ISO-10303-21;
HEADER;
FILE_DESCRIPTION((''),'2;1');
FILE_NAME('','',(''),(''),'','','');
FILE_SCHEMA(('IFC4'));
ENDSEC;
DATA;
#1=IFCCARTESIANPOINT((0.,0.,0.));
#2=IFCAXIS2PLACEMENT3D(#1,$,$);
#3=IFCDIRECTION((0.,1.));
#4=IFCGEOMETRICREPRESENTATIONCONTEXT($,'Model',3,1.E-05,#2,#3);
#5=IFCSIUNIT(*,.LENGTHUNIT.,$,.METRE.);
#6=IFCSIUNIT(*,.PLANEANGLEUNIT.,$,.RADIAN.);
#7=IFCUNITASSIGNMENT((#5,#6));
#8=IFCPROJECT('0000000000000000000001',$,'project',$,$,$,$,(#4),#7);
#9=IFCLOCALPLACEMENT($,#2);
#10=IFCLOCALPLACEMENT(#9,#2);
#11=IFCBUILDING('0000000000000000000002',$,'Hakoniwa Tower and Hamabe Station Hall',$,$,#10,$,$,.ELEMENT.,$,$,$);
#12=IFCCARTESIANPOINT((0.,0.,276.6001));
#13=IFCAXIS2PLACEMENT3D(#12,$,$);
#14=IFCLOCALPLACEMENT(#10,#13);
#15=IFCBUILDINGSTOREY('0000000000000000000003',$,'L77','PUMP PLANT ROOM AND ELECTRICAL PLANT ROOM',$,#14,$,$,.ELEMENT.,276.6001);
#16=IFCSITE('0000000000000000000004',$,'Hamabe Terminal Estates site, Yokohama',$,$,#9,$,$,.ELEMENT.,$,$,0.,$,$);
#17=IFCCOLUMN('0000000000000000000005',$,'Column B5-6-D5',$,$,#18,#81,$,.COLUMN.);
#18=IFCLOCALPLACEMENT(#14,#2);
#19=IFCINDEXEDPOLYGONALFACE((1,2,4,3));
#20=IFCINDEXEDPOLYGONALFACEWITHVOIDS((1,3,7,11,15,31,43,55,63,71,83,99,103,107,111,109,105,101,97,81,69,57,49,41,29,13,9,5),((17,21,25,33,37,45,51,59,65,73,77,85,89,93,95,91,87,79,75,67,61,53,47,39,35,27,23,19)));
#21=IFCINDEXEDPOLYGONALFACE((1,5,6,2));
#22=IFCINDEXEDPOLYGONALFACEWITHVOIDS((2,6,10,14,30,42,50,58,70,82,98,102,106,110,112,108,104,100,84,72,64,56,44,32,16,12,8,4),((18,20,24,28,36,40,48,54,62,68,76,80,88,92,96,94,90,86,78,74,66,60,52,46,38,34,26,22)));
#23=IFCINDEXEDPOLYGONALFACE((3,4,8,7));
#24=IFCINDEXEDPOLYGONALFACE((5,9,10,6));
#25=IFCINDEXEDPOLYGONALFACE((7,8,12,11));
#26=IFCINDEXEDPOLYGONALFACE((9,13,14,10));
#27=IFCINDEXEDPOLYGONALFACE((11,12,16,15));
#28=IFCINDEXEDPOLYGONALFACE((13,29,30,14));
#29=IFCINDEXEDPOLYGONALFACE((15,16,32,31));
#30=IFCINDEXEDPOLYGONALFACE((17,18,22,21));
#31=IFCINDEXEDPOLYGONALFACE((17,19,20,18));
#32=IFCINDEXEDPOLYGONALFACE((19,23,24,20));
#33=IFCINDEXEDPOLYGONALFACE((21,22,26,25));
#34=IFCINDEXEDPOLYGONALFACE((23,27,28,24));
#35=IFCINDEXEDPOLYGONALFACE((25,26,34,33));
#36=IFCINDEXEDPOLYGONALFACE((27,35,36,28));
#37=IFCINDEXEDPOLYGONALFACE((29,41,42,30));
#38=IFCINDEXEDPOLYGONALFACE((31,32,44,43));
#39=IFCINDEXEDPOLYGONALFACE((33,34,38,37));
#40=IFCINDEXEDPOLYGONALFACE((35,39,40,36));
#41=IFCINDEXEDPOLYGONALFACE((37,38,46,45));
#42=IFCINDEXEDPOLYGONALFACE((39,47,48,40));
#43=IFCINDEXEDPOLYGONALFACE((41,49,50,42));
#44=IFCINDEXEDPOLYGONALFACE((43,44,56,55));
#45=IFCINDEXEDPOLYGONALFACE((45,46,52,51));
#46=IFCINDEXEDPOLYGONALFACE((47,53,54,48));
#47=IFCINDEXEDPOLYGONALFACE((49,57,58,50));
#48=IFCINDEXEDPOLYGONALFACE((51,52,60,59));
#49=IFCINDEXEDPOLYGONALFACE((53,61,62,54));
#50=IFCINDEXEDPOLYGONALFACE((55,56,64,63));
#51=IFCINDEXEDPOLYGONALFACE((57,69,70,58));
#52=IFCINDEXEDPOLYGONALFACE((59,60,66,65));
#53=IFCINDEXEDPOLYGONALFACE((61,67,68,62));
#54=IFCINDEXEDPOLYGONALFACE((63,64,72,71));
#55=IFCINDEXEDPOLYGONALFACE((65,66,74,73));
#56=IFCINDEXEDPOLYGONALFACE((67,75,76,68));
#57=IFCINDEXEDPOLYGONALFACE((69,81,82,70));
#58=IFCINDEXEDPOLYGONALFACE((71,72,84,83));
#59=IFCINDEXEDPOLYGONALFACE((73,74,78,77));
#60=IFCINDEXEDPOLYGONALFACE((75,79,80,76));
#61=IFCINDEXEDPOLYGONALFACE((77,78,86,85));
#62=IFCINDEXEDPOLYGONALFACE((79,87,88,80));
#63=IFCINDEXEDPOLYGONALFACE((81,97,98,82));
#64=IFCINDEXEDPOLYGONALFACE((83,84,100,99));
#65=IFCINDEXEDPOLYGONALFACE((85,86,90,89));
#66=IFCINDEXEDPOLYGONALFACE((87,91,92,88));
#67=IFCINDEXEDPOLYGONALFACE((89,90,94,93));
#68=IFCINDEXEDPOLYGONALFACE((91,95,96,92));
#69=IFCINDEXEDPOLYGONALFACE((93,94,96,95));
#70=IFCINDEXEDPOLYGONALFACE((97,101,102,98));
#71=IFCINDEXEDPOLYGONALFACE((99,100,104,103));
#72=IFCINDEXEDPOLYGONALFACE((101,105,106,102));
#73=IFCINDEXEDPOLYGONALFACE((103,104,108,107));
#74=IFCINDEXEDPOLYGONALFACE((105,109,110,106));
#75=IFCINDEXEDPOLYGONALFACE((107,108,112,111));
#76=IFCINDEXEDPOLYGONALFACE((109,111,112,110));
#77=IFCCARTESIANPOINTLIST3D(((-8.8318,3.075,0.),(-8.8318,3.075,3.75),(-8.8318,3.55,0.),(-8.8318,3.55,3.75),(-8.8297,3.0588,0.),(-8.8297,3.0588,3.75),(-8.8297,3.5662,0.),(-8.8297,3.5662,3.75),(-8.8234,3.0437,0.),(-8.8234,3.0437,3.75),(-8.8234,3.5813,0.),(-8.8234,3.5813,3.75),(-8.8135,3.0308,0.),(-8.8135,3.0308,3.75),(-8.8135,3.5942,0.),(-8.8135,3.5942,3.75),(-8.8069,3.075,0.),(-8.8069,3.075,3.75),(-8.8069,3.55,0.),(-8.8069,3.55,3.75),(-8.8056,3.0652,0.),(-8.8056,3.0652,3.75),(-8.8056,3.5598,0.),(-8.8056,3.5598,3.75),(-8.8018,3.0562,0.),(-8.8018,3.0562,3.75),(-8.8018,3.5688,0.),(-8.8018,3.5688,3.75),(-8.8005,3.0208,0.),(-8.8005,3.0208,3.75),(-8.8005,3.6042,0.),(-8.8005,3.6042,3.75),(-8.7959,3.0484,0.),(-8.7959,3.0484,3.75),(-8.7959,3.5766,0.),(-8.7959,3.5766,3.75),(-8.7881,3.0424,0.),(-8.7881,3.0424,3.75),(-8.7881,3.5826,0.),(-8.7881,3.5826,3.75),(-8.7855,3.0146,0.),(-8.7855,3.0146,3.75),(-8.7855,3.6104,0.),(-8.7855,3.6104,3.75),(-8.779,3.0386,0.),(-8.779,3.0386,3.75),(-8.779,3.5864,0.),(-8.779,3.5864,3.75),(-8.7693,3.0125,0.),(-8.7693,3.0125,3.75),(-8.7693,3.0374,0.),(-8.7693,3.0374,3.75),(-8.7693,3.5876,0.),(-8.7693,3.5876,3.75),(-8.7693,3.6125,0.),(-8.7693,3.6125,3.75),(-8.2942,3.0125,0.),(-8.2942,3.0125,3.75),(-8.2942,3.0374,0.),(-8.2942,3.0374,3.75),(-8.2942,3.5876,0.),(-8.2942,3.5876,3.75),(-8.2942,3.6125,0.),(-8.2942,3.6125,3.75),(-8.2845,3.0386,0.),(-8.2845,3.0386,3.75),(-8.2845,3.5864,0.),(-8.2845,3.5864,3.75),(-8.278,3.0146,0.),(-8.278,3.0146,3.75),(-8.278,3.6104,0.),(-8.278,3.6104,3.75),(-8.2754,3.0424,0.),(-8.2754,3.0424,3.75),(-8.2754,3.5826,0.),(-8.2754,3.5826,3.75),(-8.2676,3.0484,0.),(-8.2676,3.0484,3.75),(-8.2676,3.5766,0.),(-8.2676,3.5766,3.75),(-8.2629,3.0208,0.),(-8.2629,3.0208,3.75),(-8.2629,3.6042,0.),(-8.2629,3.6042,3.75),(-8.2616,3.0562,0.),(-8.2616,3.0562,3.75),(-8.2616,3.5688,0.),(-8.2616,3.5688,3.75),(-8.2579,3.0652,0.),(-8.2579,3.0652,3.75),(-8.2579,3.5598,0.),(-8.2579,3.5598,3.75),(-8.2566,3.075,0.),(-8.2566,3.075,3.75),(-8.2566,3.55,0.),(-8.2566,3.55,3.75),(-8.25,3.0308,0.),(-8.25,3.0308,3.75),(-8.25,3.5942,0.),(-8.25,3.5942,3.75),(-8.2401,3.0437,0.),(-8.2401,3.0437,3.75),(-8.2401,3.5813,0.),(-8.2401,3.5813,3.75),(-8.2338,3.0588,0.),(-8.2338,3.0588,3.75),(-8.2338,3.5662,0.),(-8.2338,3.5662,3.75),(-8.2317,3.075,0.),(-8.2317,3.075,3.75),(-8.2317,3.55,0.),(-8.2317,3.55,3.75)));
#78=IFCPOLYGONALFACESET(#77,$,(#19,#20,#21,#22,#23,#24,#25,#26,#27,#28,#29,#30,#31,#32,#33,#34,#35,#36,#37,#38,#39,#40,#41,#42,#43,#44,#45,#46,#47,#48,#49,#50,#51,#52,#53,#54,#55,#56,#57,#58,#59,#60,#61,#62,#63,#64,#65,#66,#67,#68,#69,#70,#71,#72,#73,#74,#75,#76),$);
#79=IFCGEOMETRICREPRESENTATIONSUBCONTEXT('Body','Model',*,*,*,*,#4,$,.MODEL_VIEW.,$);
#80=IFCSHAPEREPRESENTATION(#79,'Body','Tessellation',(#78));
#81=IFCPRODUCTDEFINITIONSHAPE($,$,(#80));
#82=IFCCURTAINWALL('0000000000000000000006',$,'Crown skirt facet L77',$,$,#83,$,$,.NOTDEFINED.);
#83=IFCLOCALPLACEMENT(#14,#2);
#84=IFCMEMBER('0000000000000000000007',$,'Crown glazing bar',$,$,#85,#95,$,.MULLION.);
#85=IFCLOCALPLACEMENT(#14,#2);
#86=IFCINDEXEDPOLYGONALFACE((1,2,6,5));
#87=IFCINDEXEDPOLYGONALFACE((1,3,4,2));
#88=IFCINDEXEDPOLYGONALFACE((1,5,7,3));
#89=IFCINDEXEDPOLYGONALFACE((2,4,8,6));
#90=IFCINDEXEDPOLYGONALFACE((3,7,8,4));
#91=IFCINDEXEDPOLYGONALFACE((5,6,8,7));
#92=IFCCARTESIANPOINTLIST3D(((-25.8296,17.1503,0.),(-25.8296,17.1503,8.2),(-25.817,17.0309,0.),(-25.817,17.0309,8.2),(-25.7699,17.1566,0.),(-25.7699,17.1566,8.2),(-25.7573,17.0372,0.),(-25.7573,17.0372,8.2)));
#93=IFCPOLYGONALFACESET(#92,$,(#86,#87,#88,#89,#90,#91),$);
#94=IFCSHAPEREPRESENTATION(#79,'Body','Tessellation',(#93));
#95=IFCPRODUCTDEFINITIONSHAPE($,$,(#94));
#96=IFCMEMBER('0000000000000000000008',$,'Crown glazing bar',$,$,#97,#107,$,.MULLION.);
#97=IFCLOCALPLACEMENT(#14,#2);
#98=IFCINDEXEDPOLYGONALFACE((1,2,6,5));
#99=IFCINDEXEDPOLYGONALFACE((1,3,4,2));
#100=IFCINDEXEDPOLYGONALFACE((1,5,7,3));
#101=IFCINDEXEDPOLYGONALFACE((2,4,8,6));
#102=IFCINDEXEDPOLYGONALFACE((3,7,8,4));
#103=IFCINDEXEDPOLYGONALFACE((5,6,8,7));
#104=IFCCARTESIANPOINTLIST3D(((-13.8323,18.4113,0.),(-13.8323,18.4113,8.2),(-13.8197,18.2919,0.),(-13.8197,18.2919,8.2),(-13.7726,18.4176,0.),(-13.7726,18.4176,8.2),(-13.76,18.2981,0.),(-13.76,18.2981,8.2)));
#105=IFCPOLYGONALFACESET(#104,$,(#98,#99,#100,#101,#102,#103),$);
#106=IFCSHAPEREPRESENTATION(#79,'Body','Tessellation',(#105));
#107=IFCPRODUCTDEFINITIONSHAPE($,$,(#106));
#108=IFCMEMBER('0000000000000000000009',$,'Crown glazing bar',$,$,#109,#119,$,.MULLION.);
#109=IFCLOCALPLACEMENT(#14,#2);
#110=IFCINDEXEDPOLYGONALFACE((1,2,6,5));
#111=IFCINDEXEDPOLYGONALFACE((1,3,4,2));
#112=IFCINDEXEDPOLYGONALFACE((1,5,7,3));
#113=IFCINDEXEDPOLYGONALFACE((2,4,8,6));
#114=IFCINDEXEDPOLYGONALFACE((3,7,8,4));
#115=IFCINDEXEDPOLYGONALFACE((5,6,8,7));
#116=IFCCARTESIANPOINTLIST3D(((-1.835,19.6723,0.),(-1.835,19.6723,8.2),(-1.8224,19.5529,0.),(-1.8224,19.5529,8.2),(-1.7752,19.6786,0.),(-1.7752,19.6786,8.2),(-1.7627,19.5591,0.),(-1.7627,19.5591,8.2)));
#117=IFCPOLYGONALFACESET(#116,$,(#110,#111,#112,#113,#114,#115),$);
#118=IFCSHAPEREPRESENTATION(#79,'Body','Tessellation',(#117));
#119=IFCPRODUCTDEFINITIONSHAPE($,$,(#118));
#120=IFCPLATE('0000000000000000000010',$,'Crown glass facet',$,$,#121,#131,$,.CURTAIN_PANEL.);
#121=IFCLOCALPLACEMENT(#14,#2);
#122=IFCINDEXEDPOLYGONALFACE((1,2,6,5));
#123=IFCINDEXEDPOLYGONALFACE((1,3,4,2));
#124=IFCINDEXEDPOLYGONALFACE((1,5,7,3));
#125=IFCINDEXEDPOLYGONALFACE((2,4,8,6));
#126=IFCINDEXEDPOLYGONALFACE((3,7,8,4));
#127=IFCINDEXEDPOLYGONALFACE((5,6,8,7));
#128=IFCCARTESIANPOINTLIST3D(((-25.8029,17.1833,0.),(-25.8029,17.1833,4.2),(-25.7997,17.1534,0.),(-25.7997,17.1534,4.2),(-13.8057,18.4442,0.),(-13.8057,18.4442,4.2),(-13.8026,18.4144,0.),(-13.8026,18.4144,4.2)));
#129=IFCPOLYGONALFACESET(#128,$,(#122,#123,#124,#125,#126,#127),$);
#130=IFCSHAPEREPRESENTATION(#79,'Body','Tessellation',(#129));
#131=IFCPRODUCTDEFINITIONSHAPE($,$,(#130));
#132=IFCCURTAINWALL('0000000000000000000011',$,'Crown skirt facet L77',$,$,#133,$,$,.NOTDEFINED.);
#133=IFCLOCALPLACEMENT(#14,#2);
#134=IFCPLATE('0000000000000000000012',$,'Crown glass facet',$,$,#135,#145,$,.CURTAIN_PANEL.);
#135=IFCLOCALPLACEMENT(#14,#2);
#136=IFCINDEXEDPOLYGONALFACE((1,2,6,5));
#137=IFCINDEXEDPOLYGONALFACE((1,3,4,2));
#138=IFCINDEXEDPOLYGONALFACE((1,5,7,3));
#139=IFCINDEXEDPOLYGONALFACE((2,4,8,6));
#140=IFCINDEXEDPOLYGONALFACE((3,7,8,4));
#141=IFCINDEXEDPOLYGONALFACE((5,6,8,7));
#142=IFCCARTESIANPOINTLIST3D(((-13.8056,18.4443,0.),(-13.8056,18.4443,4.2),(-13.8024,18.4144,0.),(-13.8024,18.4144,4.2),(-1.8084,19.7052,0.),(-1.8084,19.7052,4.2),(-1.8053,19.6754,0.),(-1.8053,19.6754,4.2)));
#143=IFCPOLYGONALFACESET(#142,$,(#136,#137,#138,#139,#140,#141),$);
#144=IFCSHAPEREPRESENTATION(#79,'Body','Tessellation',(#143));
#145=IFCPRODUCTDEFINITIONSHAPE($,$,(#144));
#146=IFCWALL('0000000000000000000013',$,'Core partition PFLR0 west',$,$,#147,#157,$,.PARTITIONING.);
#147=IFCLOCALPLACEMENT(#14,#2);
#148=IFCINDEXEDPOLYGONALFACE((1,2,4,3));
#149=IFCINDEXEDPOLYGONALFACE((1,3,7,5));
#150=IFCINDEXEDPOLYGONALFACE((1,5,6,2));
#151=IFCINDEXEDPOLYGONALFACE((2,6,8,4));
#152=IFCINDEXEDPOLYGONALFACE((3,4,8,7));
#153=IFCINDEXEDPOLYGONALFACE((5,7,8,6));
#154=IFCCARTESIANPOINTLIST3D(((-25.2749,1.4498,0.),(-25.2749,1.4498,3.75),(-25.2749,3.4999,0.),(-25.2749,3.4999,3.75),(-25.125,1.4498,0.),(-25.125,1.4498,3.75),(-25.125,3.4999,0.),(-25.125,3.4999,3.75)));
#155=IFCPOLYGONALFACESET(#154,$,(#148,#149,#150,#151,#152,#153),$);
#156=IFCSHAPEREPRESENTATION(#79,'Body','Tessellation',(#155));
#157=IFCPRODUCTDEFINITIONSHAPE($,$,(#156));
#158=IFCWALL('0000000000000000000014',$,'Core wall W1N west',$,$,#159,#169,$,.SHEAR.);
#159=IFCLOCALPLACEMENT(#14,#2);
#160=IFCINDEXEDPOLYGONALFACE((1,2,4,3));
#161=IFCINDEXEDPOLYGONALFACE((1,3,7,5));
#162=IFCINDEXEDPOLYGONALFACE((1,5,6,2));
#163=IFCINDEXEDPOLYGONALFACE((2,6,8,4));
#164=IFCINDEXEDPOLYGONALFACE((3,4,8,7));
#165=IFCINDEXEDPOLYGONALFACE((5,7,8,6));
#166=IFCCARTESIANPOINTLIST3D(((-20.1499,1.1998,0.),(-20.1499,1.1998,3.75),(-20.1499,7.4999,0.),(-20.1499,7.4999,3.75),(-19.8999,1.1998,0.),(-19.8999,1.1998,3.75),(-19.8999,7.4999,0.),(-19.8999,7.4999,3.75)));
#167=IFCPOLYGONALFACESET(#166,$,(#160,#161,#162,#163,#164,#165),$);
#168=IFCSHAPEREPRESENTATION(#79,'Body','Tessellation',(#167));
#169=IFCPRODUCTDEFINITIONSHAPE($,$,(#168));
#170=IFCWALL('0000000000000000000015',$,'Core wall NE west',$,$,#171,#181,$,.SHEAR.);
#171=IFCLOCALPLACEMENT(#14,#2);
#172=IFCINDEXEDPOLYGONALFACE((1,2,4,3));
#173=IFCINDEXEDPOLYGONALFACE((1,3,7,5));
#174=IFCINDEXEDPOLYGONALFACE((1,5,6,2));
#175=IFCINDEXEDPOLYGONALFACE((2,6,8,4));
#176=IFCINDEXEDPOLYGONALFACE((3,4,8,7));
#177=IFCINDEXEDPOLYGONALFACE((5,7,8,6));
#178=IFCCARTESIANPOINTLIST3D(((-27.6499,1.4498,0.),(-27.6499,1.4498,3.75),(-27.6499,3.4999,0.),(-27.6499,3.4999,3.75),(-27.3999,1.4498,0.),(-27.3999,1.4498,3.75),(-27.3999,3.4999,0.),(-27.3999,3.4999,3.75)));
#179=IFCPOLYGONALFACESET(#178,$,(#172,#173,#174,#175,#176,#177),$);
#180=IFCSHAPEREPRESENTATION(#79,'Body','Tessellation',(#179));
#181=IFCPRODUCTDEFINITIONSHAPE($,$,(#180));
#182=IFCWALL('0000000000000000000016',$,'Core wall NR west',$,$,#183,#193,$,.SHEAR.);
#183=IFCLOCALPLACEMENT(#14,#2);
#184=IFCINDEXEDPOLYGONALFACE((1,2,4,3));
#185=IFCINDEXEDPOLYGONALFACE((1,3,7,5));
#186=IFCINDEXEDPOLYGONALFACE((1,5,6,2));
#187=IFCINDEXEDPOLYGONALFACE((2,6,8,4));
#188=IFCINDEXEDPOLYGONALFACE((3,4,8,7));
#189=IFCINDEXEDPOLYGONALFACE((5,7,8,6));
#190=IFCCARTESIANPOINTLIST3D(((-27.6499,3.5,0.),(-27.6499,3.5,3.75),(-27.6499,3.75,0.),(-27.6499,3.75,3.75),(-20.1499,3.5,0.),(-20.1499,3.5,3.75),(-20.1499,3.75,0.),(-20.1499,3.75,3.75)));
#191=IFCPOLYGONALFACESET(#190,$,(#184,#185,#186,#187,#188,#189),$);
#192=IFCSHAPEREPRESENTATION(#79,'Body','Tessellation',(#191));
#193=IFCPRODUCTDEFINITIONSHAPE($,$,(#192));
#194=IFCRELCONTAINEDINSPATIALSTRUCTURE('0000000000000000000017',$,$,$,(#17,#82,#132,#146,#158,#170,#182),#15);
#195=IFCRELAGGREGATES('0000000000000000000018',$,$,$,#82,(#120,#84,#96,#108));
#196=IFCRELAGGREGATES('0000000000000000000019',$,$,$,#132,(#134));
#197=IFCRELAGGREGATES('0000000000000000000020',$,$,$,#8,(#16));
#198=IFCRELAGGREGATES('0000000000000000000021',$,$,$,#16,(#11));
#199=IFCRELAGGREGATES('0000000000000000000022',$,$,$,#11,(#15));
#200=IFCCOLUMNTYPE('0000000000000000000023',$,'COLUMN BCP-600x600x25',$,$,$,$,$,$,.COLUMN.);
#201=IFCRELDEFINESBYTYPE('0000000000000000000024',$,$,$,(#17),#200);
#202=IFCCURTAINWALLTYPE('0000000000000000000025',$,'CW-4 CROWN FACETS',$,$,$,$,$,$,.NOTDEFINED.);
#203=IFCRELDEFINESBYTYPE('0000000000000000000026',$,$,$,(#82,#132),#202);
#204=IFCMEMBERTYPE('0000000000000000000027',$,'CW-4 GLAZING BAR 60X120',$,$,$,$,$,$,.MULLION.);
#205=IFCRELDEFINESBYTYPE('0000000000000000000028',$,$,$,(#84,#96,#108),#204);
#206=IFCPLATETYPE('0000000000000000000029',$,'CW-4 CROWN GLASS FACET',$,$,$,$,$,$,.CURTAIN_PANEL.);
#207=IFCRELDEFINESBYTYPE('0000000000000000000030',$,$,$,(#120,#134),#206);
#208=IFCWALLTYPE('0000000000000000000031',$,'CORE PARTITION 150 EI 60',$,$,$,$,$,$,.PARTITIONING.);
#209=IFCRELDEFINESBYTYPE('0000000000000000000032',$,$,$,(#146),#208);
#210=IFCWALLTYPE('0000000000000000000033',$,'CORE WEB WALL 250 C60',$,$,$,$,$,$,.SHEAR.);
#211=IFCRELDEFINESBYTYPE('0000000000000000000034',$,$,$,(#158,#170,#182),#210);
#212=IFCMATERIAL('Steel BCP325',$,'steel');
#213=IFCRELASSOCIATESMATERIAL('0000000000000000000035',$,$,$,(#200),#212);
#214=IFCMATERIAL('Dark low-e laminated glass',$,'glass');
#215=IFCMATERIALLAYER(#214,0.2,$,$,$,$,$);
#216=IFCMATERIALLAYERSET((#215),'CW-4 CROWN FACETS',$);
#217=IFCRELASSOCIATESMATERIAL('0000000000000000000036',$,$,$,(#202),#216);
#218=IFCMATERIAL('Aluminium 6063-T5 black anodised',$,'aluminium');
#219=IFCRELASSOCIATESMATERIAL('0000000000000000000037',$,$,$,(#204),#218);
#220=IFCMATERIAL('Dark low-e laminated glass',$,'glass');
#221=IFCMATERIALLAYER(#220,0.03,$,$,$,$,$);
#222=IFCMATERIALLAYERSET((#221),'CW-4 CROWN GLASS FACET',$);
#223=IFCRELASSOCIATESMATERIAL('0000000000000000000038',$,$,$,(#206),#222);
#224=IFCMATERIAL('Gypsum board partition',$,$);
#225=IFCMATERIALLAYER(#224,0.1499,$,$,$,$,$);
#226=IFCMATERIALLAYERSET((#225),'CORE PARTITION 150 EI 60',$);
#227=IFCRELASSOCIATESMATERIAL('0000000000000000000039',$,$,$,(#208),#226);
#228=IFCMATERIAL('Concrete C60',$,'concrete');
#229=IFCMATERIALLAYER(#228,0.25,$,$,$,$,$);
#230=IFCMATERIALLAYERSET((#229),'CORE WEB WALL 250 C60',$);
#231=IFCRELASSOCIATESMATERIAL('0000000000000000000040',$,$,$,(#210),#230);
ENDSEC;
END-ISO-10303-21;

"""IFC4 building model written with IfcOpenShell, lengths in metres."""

from ifc_helpers import new_model, si_unit, direction, frame, frame_2d, origin, origin_2d, place, context, subcontext, project, spatial, rectangle, hollow_rectangle, extrude, material, layer, layer_set, material_profile, profile_set, type_object, element, aggregate, save


model = new_model("IFC4")

# Units and contexts
model_context = context("Model", 3, precision=1e-05, world=origin(), true_north=direction((0.0, 1.0)))
body_context = subcontext(model_context, "Body", "Model", "MODEL_VIEW")
ifc_project = project(units=[si_unit("LENGTHUNIT", "METRE"), si_unit("PLANEANGLEUNIT", "RADIAN")], contexts=[model_context])

# Site, building, storey
site_placement = place(None, origin())
site = spatial("IfcSite", under=ifc_project, at=site_placement, Name="Hamabe Terminal Estates site, Yokohama", CompositionType="ELEMENT", RefElevation=0.0)
building_placement = place(site_placement, origin())
building = spatial("IfcBuilding", under=site, at=building_placement, Name="Hakoniwa Tower and Hamabe Station Hall", CompositionType="ELEMENT")
storey_placement = place(building_placement, frame((0.0, 0.0, 276.6001)))
storey = spatial("IfcBuildingStorey", under=building, at=storey_placement, Name="L77", Description="PUMP PLANT ROOM AND ELECTRICAL PLANT ROOM", CompositionType="ELEMENT", Elevation=276.6001)

# Column
ifc_material_1 = material(Name="Steel BCP325", Category="steel")
ifc_material_profile_1 = material_profile(ifc_material_1, hollow_rectangle(XDim=0.6001, YDim=0.6001, WallThickness=0.0249, InnerFilletRadius=0.0376, OuterFilletRadius=0.0625, at=origin_2d()), Name="BCP-600x600x25")
ifc_profile_set_1 = profile_set([ifc_material_profile_1], Name="Steel BCP325")
column_type_1 = type_object("IfcColumnType", Name="COLUMN BCP-600x600x25", PredefinedType="COLUMN", material=ifc_profile_set_1)
for number, where, z_axis, x_axis, name in (
    (1, (-8.5317, 3.3125, 0.0), (0.0, 0.0, 1.0), (1.0, 0.0, 0.0), "Column B5-6-D5"),
):
    element("IfcColumn", number, at=place(storey_placement, frame(where, z_axis=z_axis, x_axis=x_axis)), inside=storey, type_object=column_type_1, Name=name, PredefinedType="COLUMN", context=body_context, shape_type="SweptSolid", body=[
        extrude(hollow_rectangle(XDim=0.6001, YDim=0.6001, WallThickness=0.0249, InnerFilletRadius=0.0376, OuterFilletRadius=0.0625, at=origin_2d()), origin(), (0.0, 0.0, 1.0), 3.75),
    ])

# Curtain wall, members, plate
ifc_material_2 = material(Name="Dark low-e laminated glass", Category="glass")
ifc_layer_1 = layer(ifc_material_2, 0.2)
ifc_layer_set_1 = layer_set([ifc_layer_1], Name="CW-4 CROWN FACETS")
curtain_wall_type = type_object("IfcCurtainWallType", Name="CW-4 CROWN FACETS", PredefinedType="NOTDEFINED", material=ifc_layer_set_1)
curtain_wall_1_placement = place(storey_placement, origin())
curtain_wall_1 = element("IfcCurtainWall", 2, at=curtain_wall_1_placement, inside=storey, type_object=curtain_wall_type, Name="Crown skirt facet L77", PredefinedType="NOTDEFINED")
ifc_material_3 = material(Name="Aluminium 6063-T5 black anodised", Category="aluminium")
ifc_material_profile_2 = material_profile(ifc_material_3, rectangle(XDim=0.0601, YDim=0.1201, at=origin_2d()), Name="CW-4 GLAZING BAR 60X120")
ifc_profile_set_2 = profile_set([ifc_material_profile_2], Name="Aluminium 6063-T5 black anodised")
member_type = type_object("IfcMemberType", Name="CW-4 GLAZING BAR 60X120", PredefinedType="MULLION", material=ifc_profile_set_2)
member_1_placement = place(storey_placement, frame((-25.7935, 17.0938, 0.0), z_axis=(0.0, 0.0, 1.0), x_axis=(0.994522, 0.104528, 0.0)))
member_1 = element("IfcMember", 3, at=member_1_placement, type_object=member_type, Name="Crown glazing bar", PredefinedType="MULLION", context=body_context, shape_type="SweptSolid", body=[
    extrude(rectangle(XDim=0.0601, YDim=0.1201, at=origin_2d()), origin(), (0.0, 0.0, 1.0), 8.2),
])
member_2_placement = place(storey_placement, frame((-13.7961, 18.3547, 0.0), z_axis=(0.0, 0.0, 1.0), x_axis=(0.994522, 0.104528, 0.0)))
member_2 = element("IfcMember", 4, at=member_2_placement, type_object=member_type, Name="Crown glazing bar", PredefinedType="MULLION", context=body_context, shape_type="SweptSolid", body=[
    extrude(rectangle(XDim=0.0601, YDim=0.1201, at=origin_2d()), origin(), (0.0, 0.0, 1.0), 8.2),
])
member_3_placement = place(storey_placement, frame((-1.7988, 19.6157, 0.0), z_axis=(0.0, 0.0, 1.0), x_axis=(0.994522, 0.104528, 0.0)))
member_3 = element("IfcMember", 5, at=member_3_placement, type_object=member_type, Name="Crown glazing bar", PredefinedType="MULLION", context=body_context, shape_type="SweptSolid", body=[
    extrude(rectangle(XDim=0.0601, YDim=0.1201, at=origin_2d()), origin(), (0.0, 0.0, 1.0), 8.2),
])
ifc_material_4 = material(Name="Dark low-e laminated glass", Category="glass")
ifc_layer_2 = layer(ifc_material_4, 0.03)
ifc_layer_set_2 = layer_set([ifc_layer_2], Name="CW-4 CROWN GLASS FACET")
plate_type = type_object("IfcPlateType", Name="CW-4 CROWN GLASS FACET", PredefinedType="CURTAIN_PANEL", material=ifc_layer_set_2)
plate_1_placement = place(storey_placement, frame((-19.8027, 17.7988, 0.0), z_axis=(0.0, 0.0, 1.0), x_axis=(-0.994522, -0.104528, 0.0)))
plate_1 = element("IfcPlate", 6, at=plate_1_placement, type_object=plate_type, Name="Crown glass facet", PredefinedType="CURTAIN_PANEL", context=body_context, shape_type="SweptSolid", body=[
    extrude(rectangle(XDim=12.0632, YDim=0.03, at=origin_2d()), origin(), (0.0, 0.0, 1.0), 4.2),
])
aggregate(curtain_wall_1, [plate_1, member_1, member_2, member_3])

# Curtain wall, plate
curtain_wall_2_placement = place(storey_placement, origin())
curtain_wall_2 = element("IfcCurtainWall", 7, at=curtain_wall_2_placement, inside=storey, type_object=curtain_wall_type, Name="Crown skirt facet L77", PredefinedType="NOTDEFINED")
plate_2_placement = place(storey_placement, frame((-7.8054, 19.0598, 0.0), z_axis=(0.0, 0.0, 1.0), x_axis=(-0.994522, -0.104528, 0.0)))
plate_2 = element("IfcPlate", 8, at=plate_2_placement, type_object=plate_type, Name="Crown glass facet", PredefinedType="CURTAIN_PANEL", context=body_context, shape_type="SweptSolid", body=[
    extrude(rectangle(XDim=12.0632, YDim=0.03, at=origin_2d()), origin(), (0.0, 0.0, 1.0), 4.2),
])
aggregate(curtain_wall_2, [plate_2])

# Walls
ifc_material_5 = material(Name="Gypsum board partition")
ifc_layer_3 = layer(ifc_material_5, 0.1499)
ifc_layer_set_3 = layer_set([ifc_layer_3], Name="CORE PARTITION 150 EI 60")
wall_type_1 = type_object("IfcWallType", Name="CORE PARTITION 150 EI 60", PredefinedType="PARTITIONING", material=ifc_layer_set_3)
wall_1_placement = place(storey_placement, frame((-25.2, 1.45, 0.0), z_axis=(0.0, 0.0, 1.0), x_axis=(0.0, 1.0, 0.0)))
element("IfcWall", 9, at=wall_1_placement, inside=storey, type_object=wall_type_1, Name="Core partition PFLR0 west", PredefinedType="PARTITIONING", context=body_context, shape_type="SweptSolid", body=[
    extrude(rectangle(XDim=2.05, YDim=0.1499, at=frame_2d((1.0249, 0.0))), origin(), (0.0, 0.0, 1.0), 3.75),
])
ifc_material_6 = material(Name="Concrete C60", Category="concrete")
ifc_layer_4 = layer(ifc_material_6, 0.25)
ifc_layer_set_4 = layer_set([ifc_layer_4], Name="CORE WEB WALL 250 C60")
wall_type_2 = type_object("IfcWallType", Name="CORE WEB WALL 250 C60", PredefinedType="SHEAR", material=ifc_layer_set_4)
wall_2_placement = place(storey_placement, frame((-20.0249, 1.2, 0.0), z_axis=(0.0, 0.0, 1.0), x_axis=(0.0, 1.0, 0.0)))
element("IfcWall", 10, at=wall_2_placement, inside=storey, type_object=wall_type_2, Name="Core wall W1N west", PredefinedType="SHEAR", context=body_context, shape_type="SweptSolid", body=[
    extrude(rectangle(XDim=6.3, YDim=0.25, at=frame_2d((3.1499, 0.0))), origin(), (0.0, 0.0, 1.0), 3.75),
])
wall_3_placement = place(storey_placement, frame((-27.5249, 1.45, 0.0), z_axis=(0.0, 0.0, 1.0), x_axis=(0.0, 1.0, 0.0)))
element("IfcWall", 11, at=wall_3_placement, inside=storey, type_object=wall_type_2, Name="Core wall NE west", PredefinedType="SHEAR", context=body_context, shape_type="SweptSolid", body=[
    extrude(rectangle(XDim=2.05, YDim=0.25, at=frame_2d((1.0249, 0.0))), origin(), (0.0, 0.0, 1.0), 3.75),
])
wall_4_placement = place(storey_placement, frame((-27.6499, 3.625, 0.0), z_axis=(0.0, 0.0, 1.0), x_axis=(1.0, 0.0, 0.0)))
element("IfcWall", 12, at=wall_4_placement, inside=storey, type_object=wall_type_2, Name="Core wall NR west", PredefinedType="SHEAR", context=body_context, shape_type="SweptSolid", body=[
    extrude(rectangle(XDim=7.5, YDim=0.25, at=frame_2d((3.75, 0.0))), origin(), (0.0, 0.0, 1.0), 3.75),
])

save(model, "model.ifc")
